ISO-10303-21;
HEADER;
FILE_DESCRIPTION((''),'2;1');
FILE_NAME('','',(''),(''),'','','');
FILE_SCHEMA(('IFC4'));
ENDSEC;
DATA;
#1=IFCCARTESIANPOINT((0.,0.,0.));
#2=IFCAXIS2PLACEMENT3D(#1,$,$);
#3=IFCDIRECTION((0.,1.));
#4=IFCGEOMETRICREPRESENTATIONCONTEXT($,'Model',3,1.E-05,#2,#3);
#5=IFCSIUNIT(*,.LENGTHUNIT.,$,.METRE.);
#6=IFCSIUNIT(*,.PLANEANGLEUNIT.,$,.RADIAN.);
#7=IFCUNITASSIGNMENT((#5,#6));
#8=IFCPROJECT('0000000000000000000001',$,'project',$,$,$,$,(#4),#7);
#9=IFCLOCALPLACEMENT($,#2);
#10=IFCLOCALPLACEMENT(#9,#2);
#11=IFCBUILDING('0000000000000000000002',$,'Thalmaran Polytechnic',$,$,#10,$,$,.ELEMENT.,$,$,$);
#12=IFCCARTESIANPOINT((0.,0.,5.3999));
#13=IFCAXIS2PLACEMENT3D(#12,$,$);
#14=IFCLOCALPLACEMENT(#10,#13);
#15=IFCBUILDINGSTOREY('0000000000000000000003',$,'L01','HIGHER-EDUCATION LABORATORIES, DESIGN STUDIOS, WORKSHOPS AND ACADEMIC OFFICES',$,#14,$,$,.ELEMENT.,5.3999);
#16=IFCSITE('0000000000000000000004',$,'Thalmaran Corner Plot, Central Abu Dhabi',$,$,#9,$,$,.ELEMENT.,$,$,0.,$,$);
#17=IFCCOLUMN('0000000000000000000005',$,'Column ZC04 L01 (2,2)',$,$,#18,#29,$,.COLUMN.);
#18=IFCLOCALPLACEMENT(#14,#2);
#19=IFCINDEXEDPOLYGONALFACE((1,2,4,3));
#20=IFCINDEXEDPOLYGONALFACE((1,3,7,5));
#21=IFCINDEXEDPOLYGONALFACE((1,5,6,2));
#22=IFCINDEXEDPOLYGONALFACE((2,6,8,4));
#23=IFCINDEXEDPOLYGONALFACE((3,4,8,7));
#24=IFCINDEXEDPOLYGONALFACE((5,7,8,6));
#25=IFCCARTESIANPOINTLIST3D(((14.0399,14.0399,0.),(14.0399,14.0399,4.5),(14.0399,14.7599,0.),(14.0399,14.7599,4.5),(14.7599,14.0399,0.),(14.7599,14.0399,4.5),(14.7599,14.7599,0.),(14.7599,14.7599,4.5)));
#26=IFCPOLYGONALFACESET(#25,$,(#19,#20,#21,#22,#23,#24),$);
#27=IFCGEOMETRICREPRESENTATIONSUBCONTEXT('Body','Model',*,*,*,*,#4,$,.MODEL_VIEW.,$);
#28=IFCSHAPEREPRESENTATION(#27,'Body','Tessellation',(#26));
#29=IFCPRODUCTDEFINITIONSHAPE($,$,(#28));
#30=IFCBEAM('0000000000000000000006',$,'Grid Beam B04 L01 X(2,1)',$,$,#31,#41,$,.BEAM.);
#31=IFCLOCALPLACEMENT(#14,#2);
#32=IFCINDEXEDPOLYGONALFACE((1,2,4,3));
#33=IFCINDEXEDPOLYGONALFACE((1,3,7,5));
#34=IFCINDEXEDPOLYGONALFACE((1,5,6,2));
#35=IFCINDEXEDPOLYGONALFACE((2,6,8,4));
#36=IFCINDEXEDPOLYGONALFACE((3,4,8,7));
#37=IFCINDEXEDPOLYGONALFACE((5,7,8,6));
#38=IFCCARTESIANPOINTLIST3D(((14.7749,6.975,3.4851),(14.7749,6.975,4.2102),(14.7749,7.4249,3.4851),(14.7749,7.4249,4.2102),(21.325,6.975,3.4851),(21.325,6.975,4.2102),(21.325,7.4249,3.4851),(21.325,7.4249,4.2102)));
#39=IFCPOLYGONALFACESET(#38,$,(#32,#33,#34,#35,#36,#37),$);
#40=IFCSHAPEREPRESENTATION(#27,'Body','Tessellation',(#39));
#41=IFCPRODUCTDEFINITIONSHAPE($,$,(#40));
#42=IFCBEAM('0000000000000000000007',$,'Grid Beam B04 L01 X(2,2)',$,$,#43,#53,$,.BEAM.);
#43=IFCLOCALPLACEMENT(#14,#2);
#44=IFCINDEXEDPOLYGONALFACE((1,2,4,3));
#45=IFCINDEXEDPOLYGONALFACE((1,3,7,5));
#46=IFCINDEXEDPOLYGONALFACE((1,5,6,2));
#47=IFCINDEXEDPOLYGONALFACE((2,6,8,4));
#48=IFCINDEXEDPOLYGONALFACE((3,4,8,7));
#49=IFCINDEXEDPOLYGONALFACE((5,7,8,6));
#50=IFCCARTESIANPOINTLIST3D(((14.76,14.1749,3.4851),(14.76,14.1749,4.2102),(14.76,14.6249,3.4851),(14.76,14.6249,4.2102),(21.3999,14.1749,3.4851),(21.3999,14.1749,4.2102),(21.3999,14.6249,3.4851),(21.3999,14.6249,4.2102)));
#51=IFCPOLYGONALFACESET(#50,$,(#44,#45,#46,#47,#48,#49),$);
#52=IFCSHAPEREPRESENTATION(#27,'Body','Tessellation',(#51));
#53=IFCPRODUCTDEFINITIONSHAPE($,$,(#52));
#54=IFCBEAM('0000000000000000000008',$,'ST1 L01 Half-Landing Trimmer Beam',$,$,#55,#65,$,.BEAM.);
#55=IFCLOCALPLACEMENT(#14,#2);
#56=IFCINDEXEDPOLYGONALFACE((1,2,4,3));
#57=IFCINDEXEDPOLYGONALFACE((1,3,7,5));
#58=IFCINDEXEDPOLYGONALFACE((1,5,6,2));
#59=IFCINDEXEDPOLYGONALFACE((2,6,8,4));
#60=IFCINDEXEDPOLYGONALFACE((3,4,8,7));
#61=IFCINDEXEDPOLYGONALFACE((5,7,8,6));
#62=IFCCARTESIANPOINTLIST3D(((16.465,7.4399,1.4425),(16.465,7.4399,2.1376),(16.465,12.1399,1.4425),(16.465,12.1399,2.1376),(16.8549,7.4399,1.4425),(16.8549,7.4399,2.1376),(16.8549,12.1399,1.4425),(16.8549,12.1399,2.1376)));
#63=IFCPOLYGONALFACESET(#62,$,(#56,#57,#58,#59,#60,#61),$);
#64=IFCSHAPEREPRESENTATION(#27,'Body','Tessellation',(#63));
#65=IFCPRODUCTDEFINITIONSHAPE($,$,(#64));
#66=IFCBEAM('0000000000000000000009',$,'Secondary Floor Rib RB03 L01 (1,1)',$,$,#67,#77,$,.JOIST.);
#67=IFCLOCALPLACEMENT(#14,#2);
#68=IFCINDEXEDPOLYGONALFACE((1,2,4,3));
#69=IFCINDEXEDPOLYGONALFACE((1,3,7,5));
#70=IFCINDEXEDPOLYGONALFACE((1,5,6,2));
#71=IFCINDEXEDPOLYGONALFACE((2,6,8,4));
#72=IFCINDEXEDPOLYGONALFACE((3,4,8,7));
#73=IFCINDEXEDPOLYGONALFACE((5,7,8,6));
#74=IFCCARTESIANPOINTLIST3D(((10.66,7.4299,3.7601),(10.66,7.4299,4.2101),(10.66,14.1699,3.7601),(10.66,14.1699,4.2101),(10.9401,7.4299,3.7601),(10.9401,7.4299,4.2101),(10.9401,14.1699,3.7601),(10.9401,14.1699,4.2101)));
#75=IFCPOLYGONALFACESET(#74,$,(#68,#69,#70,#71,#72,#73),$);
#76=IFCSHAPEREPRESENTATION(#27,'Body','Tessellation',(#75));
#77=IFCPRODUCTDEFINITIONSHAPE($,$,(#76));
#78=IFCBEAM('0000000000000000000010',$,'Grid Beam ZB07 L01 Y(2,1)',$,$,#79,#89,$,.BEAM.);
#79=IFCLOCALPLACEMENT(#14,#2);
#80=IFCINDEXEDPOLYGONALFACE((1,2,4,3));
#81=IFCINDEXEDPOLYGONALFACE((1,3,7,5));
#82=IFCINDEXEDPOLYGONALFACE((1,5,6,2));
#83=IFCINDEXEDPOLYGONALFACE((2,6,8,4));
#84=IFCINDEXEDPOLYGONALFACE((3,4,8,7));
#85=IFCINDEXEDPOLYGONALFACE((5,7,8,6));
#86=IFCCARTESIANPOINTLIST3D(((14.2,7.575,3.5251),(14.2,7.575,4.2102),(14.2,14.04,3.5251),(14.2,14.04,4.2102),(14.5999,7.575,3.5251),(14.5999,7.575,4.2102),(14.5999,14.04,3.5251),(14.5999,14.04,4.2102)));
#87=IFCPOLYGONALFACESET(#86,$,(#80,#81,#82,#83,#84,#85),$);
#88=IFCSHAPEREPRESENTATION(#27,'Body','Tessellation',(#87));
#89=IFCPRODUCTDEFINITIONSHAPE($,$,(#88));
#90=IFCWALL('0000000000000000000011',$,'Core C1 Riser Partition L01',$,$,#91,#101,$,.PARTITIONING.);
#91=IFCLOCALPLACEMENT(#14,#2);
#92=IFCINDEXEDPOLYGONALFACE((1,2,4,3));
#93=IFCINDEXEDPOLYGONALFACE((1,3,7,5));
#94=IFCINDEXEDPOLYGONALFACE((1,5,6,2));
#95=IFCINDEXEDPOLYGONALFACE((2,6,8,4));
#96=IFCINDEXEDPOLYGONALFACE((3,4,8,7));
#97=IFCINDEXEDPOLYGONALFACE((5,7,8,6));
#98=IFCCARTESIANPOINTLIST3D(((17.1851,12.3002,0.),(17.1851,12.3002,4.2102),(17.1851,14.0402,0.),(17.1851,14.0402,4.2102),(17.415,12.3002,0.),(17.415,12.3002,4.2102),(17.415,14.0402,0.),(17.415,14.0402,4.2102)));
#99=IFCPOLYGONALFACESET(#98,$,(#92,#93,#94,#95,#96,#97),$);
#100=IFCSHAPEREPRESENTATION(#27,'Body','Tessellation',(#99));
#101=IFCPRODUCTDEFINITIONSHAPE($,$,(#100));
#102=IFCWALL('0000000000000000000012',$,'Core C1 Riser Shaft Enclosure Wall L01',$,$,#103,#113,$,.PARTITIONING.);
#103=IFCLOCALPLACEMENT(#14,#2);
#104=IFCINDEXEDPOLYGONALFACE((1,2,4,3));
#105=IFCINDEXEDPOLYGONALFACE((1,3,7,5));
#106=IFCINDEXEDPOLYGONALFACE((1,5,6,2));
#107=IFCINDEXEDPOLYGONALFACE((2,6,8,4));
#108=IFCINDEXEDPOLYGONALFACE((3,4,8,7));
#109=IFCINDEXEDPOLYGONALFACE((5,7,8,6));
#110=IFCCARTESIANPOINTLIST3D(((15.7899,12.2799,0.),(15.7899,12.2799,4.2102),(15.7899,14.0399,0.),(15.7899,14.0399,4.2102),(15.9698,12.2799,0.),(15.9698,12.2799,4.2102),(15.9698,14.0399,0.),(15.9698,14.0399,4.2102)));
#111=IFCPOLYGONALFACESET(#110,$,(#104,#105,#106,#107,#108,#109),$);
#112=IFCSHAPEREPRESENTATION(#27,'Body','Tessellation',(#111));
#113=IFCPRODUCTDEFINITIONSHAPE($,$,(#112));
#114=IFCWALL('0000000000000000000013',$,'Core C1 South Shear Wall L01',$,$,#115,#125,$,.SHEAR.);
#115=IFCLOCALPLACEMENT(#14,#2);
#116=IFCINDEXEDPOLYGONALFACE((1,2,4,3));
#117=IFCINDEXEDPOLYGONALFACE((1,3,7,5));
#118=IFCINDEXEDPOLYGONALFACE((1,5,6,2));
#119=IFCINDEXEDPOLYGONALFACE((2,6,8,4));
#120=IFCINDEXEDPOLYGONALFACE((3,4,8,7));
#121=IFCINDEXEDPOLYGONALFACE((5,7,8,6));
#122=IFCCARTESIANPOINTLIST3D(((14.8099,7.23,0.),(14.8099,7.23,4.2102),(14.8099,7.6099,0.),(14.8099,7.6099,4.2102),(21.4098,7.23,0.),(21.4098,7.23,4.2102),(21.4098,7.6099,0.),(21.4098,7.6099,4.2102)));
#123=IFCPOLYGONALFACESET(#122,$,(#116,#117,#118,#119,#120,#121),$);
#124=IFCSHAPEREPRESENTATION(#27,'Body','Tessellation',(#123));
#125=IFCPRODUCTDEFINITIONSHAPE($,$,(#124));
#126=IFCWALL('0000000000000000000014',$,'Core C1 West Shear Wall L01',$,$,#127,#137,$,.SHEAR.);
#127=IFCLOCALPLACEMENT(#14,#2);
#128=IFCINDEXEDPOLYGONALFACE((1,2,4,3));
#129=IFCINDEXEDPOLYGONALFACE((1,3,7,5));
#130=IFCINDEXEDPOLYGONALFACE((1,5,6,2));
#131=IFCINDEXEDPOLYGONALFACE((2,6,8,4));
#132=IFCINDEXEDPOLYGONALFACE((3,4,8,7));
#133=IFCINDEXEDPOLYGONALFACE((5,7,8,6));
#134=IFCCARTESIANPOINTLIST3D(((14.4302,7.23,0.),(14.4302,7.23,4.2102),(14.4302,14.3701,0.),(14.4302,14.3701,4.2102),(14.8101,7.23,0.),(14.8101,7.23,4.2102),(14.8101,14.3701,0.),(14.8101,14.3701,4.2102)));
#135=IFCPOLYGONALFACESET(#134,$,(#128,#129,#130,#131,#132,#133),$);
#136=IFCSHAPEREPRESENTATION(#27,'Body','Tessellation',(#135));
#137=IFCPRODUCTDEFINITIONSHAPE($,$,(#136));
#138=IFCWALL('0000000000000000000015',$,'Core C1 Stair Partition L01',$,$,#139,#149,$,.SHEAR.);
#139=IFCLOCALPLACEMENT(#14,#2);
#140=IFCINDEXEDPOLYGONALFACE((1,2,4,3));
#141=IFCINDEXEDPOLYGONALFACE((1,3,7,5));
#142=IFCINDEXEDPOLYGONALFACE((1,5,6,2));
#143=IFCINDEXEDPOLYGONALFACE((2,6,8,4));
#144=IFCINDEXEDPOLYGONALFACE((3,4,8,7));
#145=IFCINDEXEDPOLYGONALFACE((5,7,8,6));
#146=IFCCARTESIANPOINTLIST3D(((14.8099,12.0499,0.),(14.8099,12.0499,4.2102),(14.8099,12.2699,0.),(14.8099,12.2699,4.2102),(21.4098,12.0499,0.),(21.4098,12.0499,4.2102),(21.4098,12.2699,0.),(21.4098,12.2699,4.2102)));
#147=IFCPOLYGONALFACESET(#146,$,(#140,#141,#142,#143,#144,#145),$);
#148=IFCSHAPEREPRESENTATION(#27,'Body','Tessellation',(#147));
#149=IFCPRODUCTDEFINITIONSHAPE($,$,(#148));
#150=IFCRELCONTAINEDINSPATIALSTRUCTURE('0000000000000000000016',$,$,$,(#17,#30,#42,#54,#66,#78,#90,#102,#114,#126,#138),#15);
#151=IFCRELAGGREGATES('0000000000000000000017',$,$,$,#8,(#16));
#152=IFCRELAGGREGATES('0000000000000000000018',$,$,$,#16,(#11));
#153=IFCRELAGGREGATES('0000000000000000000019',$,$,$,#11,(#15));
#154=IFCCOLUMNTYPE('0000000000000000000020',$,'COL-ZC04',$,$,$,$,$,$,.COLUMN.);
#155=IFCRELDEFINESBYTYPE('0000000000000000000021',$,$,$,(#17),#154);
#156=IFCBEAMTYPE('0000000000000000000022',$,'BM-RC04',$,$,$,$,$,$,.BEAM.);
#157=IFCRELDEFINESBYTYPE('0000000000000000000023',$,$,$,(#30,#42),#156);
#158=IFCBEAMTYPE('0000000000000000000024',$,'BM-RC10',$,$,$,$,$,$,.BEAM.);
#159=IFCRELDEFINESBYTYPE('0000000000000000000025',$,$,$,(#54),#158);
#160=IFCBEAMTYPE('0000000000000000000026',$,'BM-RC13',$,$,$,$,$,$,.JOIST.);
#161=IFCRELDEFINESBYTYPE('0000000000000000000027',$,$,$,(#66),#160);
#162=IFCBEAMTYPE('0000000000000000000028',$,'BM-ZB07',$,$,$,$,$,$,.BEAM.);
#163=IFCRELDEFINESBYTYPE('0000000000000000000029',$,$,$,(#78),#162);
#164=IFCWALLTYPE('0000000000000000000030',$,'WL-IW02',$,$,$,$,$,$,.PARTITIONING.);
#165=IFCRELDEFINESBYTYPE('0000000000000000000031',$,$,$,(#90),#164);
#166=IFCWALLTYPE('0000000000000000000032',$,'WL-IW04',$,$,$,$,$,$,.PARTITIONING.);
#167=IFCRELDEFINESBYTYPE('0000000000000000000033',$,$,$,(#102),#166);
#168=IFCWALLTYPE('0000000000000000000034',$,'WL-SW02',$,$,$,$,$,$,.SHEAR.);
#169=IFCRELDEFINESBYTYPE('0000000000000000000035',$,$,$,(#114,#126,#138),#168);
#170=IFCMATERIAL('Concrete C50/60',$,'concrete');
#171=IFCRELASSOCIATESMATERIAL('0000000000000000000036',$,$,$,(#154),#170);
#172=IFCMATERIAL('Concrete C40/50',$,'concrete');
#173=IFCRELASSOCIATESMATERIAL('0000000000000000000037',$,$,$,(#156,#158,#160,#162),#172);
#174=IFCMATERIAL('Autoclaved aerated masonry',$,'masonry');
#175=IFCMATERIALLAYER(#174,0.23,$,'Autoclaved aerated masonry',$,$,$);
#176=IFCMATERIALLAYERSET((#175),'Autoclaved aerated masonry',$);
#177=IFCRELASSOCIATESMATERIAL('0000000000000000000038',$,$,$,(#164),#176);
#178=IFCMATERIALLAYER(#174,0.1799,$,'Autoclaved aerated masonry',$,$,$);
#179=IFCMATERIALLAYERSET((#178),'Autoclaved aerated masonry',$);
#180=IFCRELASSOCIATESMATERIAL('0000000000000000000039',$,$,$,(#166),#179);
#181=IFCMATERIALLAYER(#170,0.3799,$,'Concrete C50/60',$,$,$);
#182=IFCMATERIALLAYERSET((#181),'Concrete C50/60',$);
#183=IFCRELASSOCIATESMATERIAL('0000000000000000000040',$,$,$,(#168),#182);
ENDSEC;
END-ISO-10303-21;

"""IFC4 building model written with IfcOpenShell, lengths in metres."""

from ifc_helpers import new_model, si_unit, direction, frame, frame_2d, origin, origin_2d, place, context, subcontext, project, spatial, rectangle, extrude, material, layer, layer_set, material_profile, profile_set, type_object, element, save


model = new_model("IFC4")

# Units and contexts
model_context = context("Model", 3, precision=1e-05, world=origin(), true_north=direction((0.0, 1.0)))
body_context = subcontext(model_context, "Body", "Model", "MODEL_VIEW")
ifc_project = project(units=[si_unit("LENGTHUNIT", "METRE"), si_unit("PLANEANGLEUNIT", "RADIAN")], contexts=[model_context])

# Site, building, storey
site_placement = place(None, origin())
site = spatial("IfcSite", under=ifc_project, at=site_placement, Name="Thalmaran Corner Plot, Central Abu Dhabi", CompositionType="ELEMENT", RefElevation=0.0)
building_placement = place(site_placement, origin())
building = spatial("IfcBuilding", under=site, at=building_placement, Name="Thalmaran Polytechnic", CompositionType="ELEMENT")
storey_placement = place(building_placement, frame((0.0, 0.0, 5.3999)))
storey = spatial("IfcBuildingStorey", under=building, at=storey_placement, Name="L01", Description="HIGHER-EDUCATION LABORATORIES, DESIGN STUDIOS, WORKSHOPS AND ACADEMIC OFFICES", CompositionType="ELEMENT", Elevation=5.3999)

# Column
ifc_material_1 = material(Name="Concrete C50/60", Category="concrete")
ifc_material_profile_1 = material_profile(ifc_material_1, rectangle(XDim=0.72, YDim=0.72, at=origin_2d()), Name="RC 720x720")
ifc_profile_set_1 = profile_set([ifc_material_profile_1], Name="Concrete C50/60")
column_type = type_object("IfcColumnType", Name="COL-ZC04", PredefinedType="COLUMN", material=ifc_profile_set_1)
column_placement = place(storey_placement, frame((14.3999, 14.3999, 0.0), z_axis=(0.0, 0.0, 1.0), x_axis=(1.0, 0.0, 0.0)))
element("IfcColumn", 1, at=column_placement, inside=storey, type_object=column_type, Name="Column ZC04 L01 (2,2)", PredefinedType="COLUMN", context=body_context, shape_type="SweptSolid", body=[
    extrude(rectangle(XDim=0.72, YDim=0.72, at=origin_2d()), origin(), (0.0, 0.0, 1.0), 4.5),
])

# Beams
ifc_material_2 = material(Name="Concrete C40/50", Category="concrete")
ifc_material_profile_2 = material_profile(ifc_material_2, rectangle(XDim=0.45, YDim=0.7251, at=origin_2d()), Name="RC 450x725")
ifc_profile_set_2 = profile_set([ifc_material_profile_2], Name="Concrete C40/50")
beam_type_1 = type_object("IfcBeamType", Name="BM-RC04", PredefinedType="BEAM", material=ifc_profile_set_2)
beam_1_placement = place(storey_placement, frame((14.7749, 7.2, 3.8477), z_axis=(1.0, 0.0, 0.0), x_axis=(0.0, 1.0, 0.0)))
element("IfcBeam", 2, at=beam_1_placement, inside=storey, type_object=beam_type_1, Name="Grid Beam B04 L01 X(2,1)", PredefinedType="BEAM", context=body_context, shape_type="SweptSolid", body=[
    extrude(rectangle(XDim=0.45, YDim=0.7251, at=origin_2d()), origin(), (0.0, 0.0, 1.0), 6.55),
])
beam_2_placement = place(storey_placement, frame((14.76, 14.3999, 3.8477), z_axis=(1.0, 0.0, 0.0), x_axis=(0.0, 1.0, 0.0)))
element("IfcBeam", 3, at=beam_2_placement, inside=storey, type_object=beam_type_1, Name="Grid Beam B04 L01 X(2,2)", PredefinedType="BEAM", context=body_context, shape_type="SweptSolid", body=[
    extrude(rectangle(XDim=0.45, YDim=0.7251, at=origin_2d()), origin(), (0.0, 0.0, 1.0), 6.6399),
])
ifc_material_profile_3 = material_profile(ifc_material_2, rectangle(XDim=0.3899, YDim=0.6951, at=origin_2d()), Name="RC 390x695")
ifc_profile_set_3 = profile_set([ifc_material_profile_3], Name="Concrete C40/50")
beam_type_2 = type_object("IfcBeamType", Name="BM-RC10", PredefinedType="BEAM", material=ifc_profile_set_3)
beam_3_placement = place(storey_placement, frame((16.6599, 7.4399, 1.79), z_axis=(0.0, 1.0, 0.0), x_axis=(-1.0, 0.0, 0.0)))
element("IfcBeam", 4, at=beam_3_placement, inside=storey, type_object=beam_type_2, Name="ST1 L01 Half-Landing Trimmer Beam", PredefinedType="BEAM", context=body_context, shape_type="SweptSolid", body=[
    extrude(rectangle(XDim=0.3899, YDim=0.6951, at=origin_2d()), origin(), (0.0, 0.0, 1.0), 4.7),
])
ifc_material_profile_4 = material_profile(ifc_material_2, rectangle(XDim=0.28, YDim=0.45, at=origin_2d()), Name="RC 280x450")
ifc_profile_set_4 = profile_set([ifc_material_profile_4], Name="Concrete C40/50")
beam_type_3 = type_object("IfcBeamType", Name="BM-RC13", PredefinedType="JOIST", material=ifc_profile_set_4)
beam_4_placement = place(storey_placement, frame((10.8, 7.4299, 3.9851), z_axis=(0.0, 1.0, 0.0), x_axis=(-1.0, 0.0, 0.0)))
element("IfcBeam", 5, at=beam_4_placement, inside=storey, type_object=beam_type_3, Name="Secondary Floor Rib RB03 L01 (1,1)", PredefinedType="JOIST", context=body_context, shape_type="SweptSolid", body=[
    extrude(rectangle(XDim=0.28, YDim=0.45, at=origin_2d()), origin(), (0.0, 0.0, 1.0), 6.74),
])
ifc_material_profile_5 = material_profile(ifc_material_2, rectangle(XDim=0.3999, YDim=0.6851, at=origin_2d()), Name="RC 400x685")
ifc_profile_set_5 = profile_set([ifc_material_profile_5], Name="Concrete C40/50")
beam_type_4 = type_object("IfcBeamType", Name="BM-ZB07", PredefinedType="BEAM", material=ifc_profile_set_5)
beam_5_placement = place(storey_placement, frame((14.3999, 7.575, 3.8677), z_axis=(0.0, 1.0, 0.0), x_axis=(-1.0, 0.0, 0.0)))
element("IfcBeam", 6, at=beam_5_placement, inside=storey, type_object=beam_type_4, Name="Grid Beam ZB07 L01 Y(2,1)", PredefinedType="BEAM", context=body_context, shape_type="SweptSolid", body=[
    extrude(rectangle(XDim=0.3999, YDim=0.6851, at=origin_2d()), origin(), (0.0, 0.0, 1.0), 6.4651),
])

# Walls
ifc_material_3 = material(Name="Autoclaved aerated masonry", Category="masonry")
ifc_layer_1 = layer(ifc_material_3, 0.23, Name="Autoclaved aerated masonry")
ifc_layer_set_1 = layer_set([ifc_layer_1], Name="Autoclaved aerated masonry")
wall_type_1 = type_object("IfcWallType", Name="WL-IW02", PredefinedType="PARTITIONING", material=ifc_layer_set_1)
wall_1_placement = place(storey_placement, frame((17.3, 12.3, 0.0), z_axis=(0.0, 0.0, 1.0), x_axis=(0.0, 1.0, 0.0)))
element("IfcWall", 7, at=wall_1_placement, inside=storey, type_object=wall_type_1, Name="Core C1 Riser Partition L01", PredefinedType="PARTITIONING", context=body_context, shape_type="SweptSolid", body=[
    extrude(rectangle(XDim=1.74, YDim=0.23, at=frame_2d((0.8701, 0.0))), origin(), (0.0, 0.0, 1.0), 4.2102),
])
ifc_layer_2 = layer(ifc_material_3, 0.1799, Name="Autoclaved aerated masonry")
ifc_layer_set_2 = layer_set([ifc_layer_2], Name="Autoclaved aerated masonry")
wall_type_2 = type_object("IfcWallType", Name="WL-IW04", PredefinedType="PARTITIONING", material=ifc_layer_set_2)
wall_2_placement = place(storey_placement, frame((15.8799, 12.28, 0.0), z_axis=(0.0, 0.0, 1.0), x_axis=(0.0, 1.0, 0.0)))
element("IfcWall", 8, at=wall_2_placement, inside=storey, type_object=wall_type_2, Name="Core C1 Riser Shaft Enclosure Wall L01", PredefinedType="PARTITIONING", context=body_context, shape_type="SweptSolid", body=[
    extrude(rectangle(XDim=1.76, YDim=0.1799, at=frame_2d((0.8799, 0.0))), origin(), (0.0, 0.0, 1.0), 4.2102),
])
ifc_layer_3 = layer(ifc_material_1, 0.3799, Name="Concrete C50/60")
ifc_layer_set_3 = layer_set([ifc_layer_3], Name="Concrete C50/60")
wall_type_3 = type_object("IfcWallType", Name="WL-SW02", PredefinedType="SHEAR", material=ifc_layer_set_3)
wall_3_placement = place(storey_placement, frame((14.8101, 7.4199, 0.0), z_axis=(0.0, 0.0, 1.0), x_axis=(1.0, 0.0, 0.0)))
element("IfcWall", 9, at=wall_3_placement, inside=storey, type_object=wall_type_3, Name="Core C1 South Shear Wall L01", PredefinedType="SHEAR", context=body_context, shape_type="SweptSolid", body=[
    extrude(rectangle(XDim=6.5999, YDim=0.3799, at=frame_2d((3.2998, 0.0))), origin(), (0.0, 0.0, 1.0), 4.2102),
])
wall_4_placement = place(storey_placement, frame((14.6201, 14.3701, 0.0), z_axis=(0.0, 0.0, 1.0), x_axis=(0.0, -1.0, 0.0)))
element("IfcWall", 10, at=wall_4_placement, inside=storey, type_object=wall_type_3, Name="Core C1 West Shear Wall L01", PredefinedType="SHEAR", context=body_context, shape_type="SweptSolid", body=[
    extrude(rectangle(XDim=7.1401, YDim=0.3799, at=frame_2d((3.5701, 0.0))), origin(), (0.0, 0.0, 1.0), 4.2102),
])

# Wall
wall_5_placement = place(storey_placement, frame((14.8101, 12.1599, 0.0), z_axis=(0.0, 0.0, 1.0), x_axis=(1.0, 0.0, 0.0)))
element("IfcWall", 11, at=wall_5_placement, inside=storey, type_object=wall_type_3, Name="Core C1 Stair Partition L01", PredefinedType="SHEAR", context=body_context, shape_type="SweptSolid", body=[
    extrude(rectangle(XDim=6.5999, YDim=0.22, at=frame_2d((3.2998, 0.0))), origin(), (0.0, 0.0, 1.0), 4.2102),
])

save(model, "model.ifc")
